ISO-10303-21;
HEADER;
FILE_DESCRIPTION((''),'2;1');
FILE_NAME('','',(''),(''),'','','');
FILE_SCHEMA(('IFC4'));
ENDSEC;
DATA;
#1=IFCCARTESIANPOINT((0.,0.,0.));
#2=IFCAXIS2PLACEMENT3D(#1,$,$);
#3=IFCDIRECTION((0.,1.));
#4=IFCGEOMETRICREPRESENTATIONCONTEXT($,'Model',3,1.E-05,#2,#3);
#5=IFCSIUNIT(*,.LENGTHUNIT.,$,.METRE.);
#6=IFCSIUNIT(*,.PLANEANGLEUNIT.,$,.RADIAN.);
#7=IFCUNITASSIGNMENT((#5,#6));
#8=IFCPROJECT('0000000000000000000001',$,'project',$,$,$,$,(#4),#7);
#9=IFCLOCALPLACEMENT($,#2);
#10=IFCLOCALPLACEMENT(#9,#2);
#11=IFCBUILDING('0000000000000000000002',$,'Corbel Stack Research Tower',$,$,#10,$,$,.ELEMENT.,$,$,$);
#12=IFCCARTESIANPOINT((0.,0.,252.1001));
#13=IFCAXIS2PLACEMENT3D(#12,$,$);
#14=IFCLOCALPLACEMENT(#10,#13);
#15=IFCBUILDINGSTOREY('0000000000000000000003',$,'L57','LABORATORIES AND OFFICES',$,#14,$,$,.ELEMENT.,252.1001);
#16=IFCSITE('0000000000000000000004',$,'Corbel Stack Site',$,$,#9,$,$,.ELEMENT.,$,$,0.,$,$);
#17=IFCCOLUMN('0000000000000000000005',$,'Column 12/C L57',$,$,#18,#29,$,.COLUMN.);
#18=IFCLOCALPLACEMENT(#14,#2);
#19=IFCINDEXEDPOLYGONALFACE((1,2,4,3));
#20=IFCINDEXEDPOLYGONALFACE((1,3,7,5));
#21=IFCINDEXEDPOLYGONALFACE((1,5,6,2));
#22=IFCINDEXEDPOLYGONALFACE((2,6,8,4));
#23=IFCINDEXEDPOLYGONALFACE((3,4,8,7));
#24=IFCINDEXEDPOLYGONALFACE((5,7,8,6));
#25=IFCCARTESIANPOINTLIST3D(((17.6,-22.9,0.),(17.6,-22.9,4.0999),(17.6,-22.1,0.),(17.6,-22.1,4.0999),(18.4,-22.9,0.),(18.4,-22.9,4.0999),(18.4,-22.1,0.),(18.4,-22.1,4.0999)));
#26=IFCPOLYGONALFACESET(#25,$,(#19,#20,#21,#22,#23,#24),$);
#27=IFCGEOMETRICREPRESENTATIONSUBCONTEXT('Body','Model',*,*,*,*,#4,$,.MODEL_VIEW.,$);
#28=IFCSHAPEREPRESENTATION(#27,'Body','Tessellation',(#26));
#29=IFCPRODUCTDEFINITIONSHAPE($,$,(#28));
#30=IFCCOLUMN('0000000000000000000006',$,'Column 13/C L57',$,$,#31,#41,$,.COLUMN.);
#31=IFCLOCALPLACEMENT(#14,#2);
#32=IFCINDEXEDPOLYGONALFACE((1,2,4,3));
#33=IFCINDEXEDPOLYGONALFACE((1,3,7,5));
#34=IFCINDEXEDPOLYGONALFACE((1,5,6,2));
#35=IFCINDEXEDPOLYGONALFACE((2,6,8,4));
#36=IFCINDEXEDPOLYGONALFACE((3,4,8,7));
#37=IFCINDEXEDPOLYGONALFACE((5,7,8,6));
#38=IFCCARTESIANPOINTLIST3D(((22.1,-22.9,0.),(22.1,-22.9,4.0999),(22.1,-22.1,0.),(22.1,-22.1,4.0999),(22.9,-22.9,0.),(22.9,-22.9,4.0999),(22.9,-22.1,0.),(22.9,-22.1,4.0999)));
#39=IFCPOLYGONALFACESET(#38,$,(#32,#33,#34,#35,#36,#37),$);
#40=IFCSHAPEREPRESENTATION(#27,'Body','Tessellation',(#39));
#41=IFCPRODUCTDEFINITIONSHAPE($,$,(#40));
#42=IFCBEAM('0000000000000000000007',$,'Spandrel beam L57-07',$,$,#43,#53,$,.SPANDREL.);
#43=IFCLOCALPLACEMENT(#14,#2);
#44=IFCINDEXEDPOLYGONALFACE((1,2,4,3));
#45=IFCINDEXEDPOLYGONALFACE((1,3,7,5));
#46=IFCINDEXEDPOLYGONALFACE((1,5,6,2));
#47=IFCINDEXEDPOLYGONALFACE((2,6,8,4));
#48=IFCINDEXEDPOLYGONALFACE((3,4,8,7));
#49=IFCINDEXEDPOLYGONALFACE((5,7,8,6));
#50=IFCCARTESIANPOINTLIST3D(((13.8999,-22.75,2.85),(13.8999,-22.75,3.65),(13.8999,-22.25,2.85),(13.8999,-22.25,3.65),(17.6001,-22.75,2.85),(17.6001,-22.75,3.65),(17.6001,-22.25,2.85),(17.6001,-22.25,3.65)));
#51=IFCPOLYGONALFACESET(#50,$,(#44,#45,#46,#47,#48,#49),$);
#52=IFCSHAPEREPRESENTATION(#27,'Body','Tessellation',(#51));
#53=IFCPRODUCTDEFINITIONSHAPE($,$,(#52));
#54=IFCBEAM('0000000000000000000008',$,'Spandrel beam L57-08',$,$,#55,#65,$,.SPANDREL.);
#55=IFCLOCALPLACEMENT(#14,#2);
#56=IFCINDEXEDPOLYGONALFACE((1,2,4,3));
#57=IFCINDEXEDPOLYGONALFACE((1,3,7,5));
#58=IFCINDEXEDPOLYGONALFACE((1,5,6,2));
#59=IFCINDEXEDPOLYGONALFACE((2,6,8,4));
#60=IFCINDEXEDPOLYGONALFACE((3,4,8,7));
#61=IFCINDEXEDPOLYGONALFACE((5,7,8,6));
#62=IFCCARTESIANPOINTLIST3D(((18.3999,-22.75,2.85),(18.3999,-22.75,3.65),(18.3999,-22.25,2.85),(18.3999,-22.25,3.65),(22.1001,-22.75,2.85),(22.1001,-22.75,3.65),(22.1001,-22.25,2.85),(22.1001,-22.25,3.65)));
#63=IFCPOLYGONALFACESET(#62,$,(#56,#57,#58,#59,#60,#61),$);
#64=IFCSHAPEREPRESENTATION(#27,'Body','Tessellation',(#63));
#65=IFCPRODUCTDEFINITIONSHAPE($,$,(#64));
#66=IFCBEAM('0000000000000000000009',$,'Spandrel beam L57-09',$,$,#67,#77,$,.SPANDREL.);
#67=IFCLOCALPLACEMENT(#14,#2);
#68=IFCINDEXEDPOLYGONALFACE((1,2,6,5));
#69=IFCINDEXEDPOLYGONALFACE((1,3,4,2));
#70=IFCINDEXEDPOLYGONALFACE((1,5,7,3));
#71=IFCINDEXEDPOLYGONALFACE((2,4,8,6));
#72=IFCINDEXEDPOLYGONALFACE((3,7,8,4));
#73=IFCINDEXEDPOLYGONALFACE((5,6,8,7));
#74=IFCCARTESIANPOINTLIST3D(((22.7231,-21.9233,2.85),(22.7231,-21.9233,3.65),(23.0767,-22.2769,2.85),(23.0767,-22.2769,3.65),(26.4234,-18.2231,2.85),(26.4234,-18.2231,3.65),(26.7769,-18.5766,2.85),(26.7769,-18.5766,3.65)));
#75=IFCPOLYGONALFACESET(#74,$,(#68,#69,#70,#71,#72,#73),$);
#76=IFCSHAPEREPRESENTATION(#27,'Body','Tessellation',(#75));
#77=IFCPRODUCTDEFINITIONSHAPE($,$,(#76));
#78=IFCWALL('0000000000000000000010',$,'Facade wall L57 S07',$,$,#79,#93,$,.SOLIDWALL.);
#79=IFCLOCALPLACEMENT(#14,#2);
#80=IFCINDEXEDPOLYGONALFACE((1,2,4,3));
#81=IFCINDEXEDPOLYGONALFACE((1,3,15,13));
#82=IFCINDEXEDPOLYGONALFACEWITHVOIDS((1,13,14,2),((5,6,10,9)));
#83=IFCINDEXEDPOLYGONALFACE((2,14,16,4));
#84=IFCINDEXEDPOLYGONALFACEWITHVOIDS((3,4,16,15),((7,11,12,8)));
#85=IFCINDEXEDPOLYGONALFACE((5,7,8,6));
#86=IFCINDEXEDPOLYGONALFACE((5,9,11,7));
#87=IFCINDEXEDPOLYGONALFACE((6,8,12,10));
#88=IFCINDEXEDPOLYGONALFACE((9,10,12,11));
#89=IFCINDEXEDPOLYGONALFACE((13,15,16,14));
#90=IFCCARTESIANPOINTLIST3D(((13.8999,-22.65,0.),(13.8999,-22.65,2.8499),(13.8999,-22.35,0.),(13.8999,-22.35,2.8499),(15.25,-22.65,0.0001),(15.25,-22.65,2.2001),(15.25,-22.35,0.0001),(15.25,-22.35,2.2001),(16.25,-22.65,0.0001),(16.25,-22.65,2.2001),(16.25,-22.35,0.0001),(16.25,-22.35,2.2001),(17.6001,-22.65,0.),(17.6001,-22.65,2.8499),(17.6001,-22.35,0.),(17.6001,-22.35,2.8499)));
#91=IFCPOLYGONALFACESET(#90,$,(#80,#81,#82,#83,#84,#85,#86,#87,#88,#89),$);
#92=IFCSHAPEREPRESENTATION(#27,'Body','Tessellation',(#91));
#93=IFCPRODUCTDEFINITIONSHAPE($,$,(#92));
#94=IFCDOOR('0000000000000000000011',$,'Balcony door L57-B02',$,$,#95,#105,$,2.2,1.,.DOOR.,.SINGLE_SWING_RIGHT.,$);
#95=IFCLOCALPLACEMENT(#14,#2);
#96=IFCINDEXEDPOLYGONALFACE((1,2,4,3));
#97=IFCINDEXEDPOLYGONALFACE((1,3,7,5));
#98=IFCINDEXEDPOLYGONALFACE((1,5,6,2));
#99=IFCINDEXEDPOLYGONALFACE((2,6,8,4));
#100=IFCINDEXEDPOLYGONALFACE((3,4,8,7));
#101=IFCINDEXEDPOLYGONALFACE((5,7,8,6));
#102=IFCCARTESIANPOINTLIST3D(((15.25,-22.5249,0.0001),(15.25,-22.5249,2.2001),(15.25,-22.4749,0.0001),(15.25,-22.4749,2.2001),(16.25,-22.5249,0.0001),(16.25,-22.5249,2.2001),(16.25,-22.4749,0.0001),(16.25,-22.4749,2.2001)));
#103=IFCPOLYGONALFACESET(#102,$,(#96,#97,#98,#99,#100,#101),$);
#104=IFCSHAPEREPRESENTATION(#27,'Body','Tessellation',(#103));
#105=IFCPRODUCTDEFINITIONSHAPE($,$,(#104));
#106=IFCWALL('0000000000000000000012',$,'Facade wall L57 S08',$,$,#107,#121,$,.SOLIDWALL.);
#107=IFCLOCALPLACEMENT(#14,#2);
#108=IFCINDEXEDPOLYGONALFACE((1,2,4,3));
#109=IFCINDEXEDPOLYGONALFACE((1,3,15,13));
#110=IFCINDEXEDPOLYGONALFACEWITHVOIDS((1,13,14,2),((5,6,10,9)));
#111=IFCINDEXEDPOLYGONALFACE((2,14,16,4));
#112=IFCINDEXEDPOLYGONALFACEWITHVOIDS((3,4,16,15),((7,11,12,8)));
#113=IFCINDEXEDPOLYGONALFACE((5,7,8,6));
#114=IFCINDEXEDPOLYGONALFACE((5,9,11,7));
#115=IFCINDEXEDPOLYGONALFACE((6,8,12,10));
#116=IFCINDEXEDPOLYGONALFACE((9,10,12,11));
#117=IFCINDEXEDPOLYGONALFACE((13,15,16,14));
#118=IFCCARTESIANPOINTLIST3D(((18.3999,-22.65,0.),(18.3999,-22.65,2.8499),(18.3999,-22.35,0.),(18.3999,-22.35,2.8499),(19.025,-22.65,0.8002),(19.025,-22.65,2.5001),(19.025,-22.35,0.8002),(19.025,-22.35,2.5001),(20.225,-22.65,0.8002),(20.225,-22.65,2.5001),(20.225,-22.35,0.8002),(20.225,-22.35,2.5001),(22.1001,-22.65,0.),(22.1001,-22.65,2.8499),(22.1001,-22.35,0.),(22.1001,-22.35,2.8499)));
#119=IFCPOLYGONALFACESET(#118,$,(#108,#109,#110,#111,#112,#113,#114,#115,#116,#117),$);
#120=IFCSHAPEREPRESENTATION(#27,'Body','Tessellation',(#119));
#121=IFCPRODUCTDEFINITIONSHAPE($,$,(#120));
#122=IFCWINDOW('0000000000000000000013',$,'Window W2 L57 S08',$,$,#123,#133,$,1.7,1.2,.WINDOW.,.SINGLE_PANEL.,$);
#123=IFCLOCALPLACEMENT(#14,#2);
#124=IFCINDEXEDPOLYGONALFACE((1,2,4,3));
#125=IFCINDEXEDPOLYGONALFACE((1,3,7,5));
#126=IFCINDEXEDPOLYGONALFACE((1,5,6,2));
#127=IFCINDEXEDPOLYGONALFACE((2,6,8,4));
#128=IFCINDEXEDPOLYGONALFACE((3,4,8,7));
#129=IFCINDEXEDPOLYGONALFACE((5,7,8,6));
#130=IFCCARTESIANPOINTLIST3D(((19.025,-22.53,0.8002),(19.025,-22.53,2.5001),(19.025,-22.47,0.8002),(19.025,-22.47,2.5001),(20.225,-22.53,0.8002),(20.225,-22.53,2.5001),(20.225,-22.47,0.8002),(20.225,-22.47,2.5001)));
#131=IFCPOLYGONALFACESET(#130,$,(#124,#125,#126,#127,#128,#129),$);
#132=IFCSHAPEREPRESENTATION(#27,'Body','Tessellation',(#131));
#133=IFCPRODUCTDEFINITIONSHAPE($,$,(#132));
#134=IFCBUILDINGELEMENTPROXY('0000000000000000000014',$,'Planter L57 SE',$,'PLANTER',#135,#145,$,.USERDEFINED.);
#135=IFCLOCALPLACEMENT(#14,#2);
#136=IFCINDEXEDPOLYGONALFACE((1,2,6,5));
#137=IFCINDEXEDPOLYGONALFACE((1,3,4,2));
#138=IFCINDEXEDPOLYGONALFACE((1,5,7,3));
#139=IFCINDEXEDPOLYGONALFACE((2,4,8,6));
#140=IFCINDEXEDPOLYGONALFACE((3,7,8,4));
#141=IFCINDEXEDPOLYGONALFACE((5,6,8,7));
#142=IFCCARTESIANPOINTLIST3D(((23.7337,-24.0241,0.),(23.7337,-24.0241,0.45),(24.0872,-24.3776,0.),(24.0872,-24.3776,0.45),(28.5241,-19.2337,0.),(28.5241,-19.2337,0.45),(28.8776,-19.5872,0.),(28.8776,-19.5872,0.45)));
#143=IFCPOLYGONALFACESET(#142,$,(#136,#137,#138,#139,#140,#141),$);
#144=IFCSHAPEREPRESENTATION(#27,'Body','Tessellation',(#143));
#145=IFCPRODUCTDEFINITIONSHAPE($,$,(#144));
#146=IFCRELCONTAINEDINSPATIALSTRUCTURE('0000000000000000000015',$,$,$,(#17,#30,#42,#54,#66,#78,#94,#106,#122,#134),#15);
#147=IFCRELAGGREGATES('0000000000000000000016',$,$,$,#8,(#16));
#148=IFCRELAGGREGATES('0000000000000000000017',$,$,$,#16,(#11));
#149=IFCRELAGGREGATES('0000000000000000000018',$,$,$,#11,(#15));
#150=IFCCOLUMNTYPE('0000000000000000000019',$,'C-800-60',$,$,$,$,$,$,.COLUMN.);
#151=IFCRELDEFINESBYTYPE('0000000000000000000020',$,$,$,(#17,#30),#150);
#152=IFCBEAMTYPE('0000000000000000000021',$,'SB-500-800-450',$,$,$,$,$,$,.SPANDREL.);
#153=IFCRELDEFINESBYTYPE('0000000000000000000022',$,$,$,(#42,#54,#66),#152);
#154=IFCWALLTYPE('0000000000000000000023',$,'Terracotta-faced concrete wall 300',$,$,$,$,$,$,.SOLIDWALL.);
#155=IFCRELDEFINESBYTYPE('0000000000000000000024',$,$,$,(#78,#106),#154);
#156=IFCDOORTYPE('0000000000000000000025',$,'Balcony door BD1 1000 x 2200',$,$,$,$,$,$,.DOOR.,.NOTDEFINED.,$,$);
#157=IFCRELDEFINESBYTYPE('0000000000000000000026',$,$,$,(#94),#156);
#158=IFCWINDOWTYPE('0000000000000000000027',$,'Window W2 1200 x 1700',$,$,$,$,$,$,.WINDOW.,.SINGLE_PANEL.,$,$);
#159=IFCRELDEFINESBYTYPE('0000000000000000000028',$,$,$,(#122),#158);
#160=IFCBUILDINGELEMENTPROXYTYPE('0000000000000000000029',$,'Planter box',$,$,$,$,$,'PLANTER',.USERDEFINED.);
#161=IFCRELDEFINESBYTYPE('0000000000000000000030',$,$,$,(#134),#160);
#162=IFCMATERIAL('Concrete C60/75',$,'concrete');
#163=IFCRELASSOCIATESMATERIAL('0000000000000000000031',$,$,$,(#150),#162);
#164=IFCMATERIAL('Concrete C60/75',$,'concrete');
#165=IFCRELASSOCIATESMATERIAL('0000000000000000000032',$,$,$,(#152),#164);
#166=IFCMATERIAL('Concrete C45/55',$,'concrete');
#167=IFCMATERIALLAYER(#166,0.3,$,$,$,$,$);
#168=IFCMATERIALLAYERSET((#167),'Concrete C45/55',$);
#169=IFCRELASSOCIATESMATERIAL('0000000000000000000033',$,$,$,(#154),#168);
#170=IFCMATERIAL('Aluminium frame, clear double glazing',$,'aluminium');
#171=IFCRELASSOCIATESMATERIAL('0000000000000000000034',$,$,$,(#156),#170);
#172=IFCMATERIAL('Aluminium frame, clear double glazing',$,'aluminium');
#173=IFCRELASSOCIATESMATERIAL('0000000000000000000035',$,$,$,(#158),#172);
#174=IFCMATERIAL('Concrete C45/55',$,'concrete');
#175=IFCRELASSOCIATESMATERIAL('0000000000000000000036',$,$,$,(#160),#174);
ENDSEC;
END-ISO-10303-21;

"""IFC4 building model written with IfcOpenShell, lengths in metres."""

from ifc_helpers import new_model, si_unit, direction, frame, frame_2d, origin, origin_2d, place, context, subcontext, project, spatial, rectangle, extrude, material, layer, layer_set, material_profile, profile_set, type_object, element, fill, save


model = new_model("IFC4")

# Units and contexts
model_context = context("Model", 3, precision=1e-05, world=origin(), true_north=direction((0.0, 1.0)))
body_context = subcontext(model_context, "Body", "Model", "MODEL_VIEW")
ifc_project = project(units=[si_unit("LENGTHUNIT", "METRE"), si_unit("PLANEANGLEUNIT", "RADIAN")], contexts=[model_context])

# Site, building, storey
site_placement = place(None, origin())
site = spatial("IfcSite", under=ifc_project, at=site_placement, Name="Corbel Stack Site", CompositionType="ELEMENT", RefElevation=0.0)
building_placement = place(site_placement, origin())
building = spatial("IfcBuilding", under=site, at=building_placement, Name="Corbel Stack Research Tower", CompositionType="ELEMENT")
storey_placement = place(building_placement, frame((0.0, 0.0, 252.1001)))
storey = spatial("IfcBuildingStorey", under=building, at=storey_placement, Name="L57", Description="LABORATORIES AND OFFICES", CompositionType="ELEMENT", Elevation=252.1001)

# Columns
ifc_material_1 = material(Name="Concrete C60/75", Category="concrete")
ifc_material_profile_1 = material_profile(ifc_material_1, rectangle(XDim=0.8, YDim=0.8, at=origin_2d()), Name="RC 800 x 800")
ifc_profile_set_1 = profile_set([ifc_material_profile_1], Name="Concrete C60/75")
column_type = type_object("IfcColumnType", Name="C-800-60", PredefinedType="COLUMN", material=ifc_profile_set_1)
for number, where, z_axis, x_axis, name in (
    (1, (18.0, -22.5, 0.0), (0.0, 0.0, 1.0), (1.0, 0.0, 0.0), "Column 12/C L57"),
    (2, (22.5, -22.5, 0.0), (0.0, 0.0, 1.0), (1.0, 0.0, 0.0), "Column 13/C L57"),
):
    element("IfcColumn", number, at=place(storey_placement, frame(where, z_axis=z_axis, x_axis=x_axis)), inside=storey, type_object=column_type, Name=name, PredefinedType="COLUMN", context=body_context, shape_type="SweptSolid", body=[
        extrude(rectangle(XDim=0.8, YDim=0.8, at=origin_2d()), origin(), (0.0, 0.0, 1.0), 4.0999),
    ])

# Beams
ifc_material_2 = material(Name="Concrete C60/75", Category="concrete")
ifc_material_profile_2 = material_profile(ifc_material_2, rectangle(XDim=0.5, YDim=0.8, at=origin_2d()), Name="RC 500 x 800")
ifc_profile_set_2 = profile_set([ifc_material_profile_2], Name="Concrete C60/75")
beam_type = type_object("IfcBeamType", Name="SB-500-800-450", PredefinedType="SPANDREL", material=ifc_profile_set_2)
for number, where, z_axis, x_axis, name in (
    (3, (13.8999, -22.5, 3.25), (1.0, 0.0, 0.0), (0.0, 1.0, 0.0), "Spandrel beam L57-07"),
    (4, (18.3999, -22.5, 3.25), (1.0, 0.0, 0.0), (0.0, 1.0, 0.0), "Spandrel beam L57-08"),
):
    element("IfcBeam", number, at=place(storey_placement, frame(where, z_axis=z_axis, x_axis=x_axis)), inside=storey, type_object=beam_type, Name=name, PredefinedType="SPANDREL", context=body_context, shape_type="SweptSolid", body=[
        extrude(rectangle(XDim=0.5, YDim=0.8, at=origin_2d()), origin(), (0.0, 0.0, 1.0), 3.7002),
    ])
beam_placement = place(storey_placement, frame((22.8999, -22.1001, 3.25), z_axis=(0.707107, 0.707107, 0.0), x_axis=(-0.707107, 0.707107, 0.0)))
element("IfcBeam", 5, at=beam_placement, inside=storey, type_object=beam_type, Name="Spandrel beam L57-09", PredefinedType="SPANDREL", context=body_context, shape_type="SweptSolid", body=[
    extrude(rectangle(XDim=0.5, YDim=0.8, at=origin_2d()), origin(), (0.0, 0.0, 1.0), 5.2329),
])

# Wall, opening, door
ifc_material_3 = material(Name="Concrete C45/55", Category="concrete")
ifc_layer = layer(ifc_material_3, 0.3)
ifc_layer_set = layer_set([ifc_layer], Name="Concrete C45/55")
wall_type = type_object("IfcWallType", Name="Terracotta-faced concrete wall 300", PredefinedType="SOLIDWALL", material=ifc_layer_set)
wall_1_placement = place(storey_placement, frame((17.6001, -22.5, 0.0), z_axis=(0.0, 0.0, 1.0), x_axis=(-1.0, 0.0, 0.0)))
wall_1 = element("IfcWall", 6, at=wall_1_placement, inside=storey, type_object=wall_type, Name="Facade wall L57 S07", PredefinedType="SOLIDWALL", context=body_context, shape_type="SweptSolid", body=[
    extrude(rectangle(XDim=3.7002, YDim=0.3, at=frame_2d((1.8501, 0.0))), origin(), (0.0, 0.0, 1.0), 2.8499),
])
opening_1_placement = place(wall_1_placement, frame((1.3501, 0.0, 0.0)))
opening_1 = element("IfcOpeningElement", 7, at=opening_1_placement, cuts=wall_1, PredefinedType="OPENING", context=body_context, shape_type="SweptSolid", body=[
    extrude(rectangle(XDim=1.0, YDim=2.2, at=frame_2d((0.5, 1.1001))), frame((0.0, 0.1599, 0.0), z_axis=(0.0, -1.0, 0.0), x_axis=(1.0, 0.0, 0.0)), (0.0, 0.0, 1.0), 0.3201),
])
ifc_material_4 = material(Name="Aluminium frame, clear double glazing", Category="aluminium")
door_type = type_object("IfcDoorType", Name="Balcony door BD1 1000 x 2200", OperationType="NOTDEFINED", PredefinedType="DOOR", material=ifc_material_4)
door_placement = place(opening_1_placement, origin())
door = element("IfcDoor", 8, at=door_placement, inside=storey, type_object=door_type, Name="Balcony door L57-B02", OperationType="SINGLE_SWING_RIGHT", OverallHeight=2.2, OverallWidth=1.0, PredefinedType="DOOR", context=body_context, shape_type="SweptSolid", body=[
    extrude(rectangle(XDim=1.0, YDim=2.2, at=frame_2d((0.5, 1.1001))), frame((0.0, 0.0249, 0.0), z_axis=(0.0, -1.0, 0.0), x_axis=(1.0, 0.0, 0.0)), (0.0, 0.0, 1.0), 0.05),
])
fill(opening_1, door)

# Wall, opening, window
wall_2_placement = place(storey_placement, frame((22.1001, -22.5, 0.0), z_axis=(0.0, 0.0, 1.0), x_axis=(-1.0, 0.0, 0.0)))
wall_2 = element("IfcWall", 9, at=wall_2_placement, inside=storey, type_object=wall_type, Name="Facade wall L57 S08", PredefinedType="SOLIDWALL", context=body_context, shape_type="SweptSolid", body=[
    extrude(rectangle(XDim=3.7002, YDim=0.3, at=frame_2d((1.8501, 0.0))), origin(), (0.0, 0.0, 1.0), 2.8499),
])
opening_2_placement = place(wall_2_placement, frame((1.875, 0.0, 0.8)))
opening_2 = element("IfcOpeningElement", 10, at=opening_2_placement, cuts=wall_2, PredefinedType="OPENING", context=body_context, shape_type="SweptSolid", body=[
    extrude(rectangle(XDim=1.2, YDim=1.7, at=frame_2d((0.6001, 0.8501))), frame((0.0, 0.1599, 0.0), z_axis=(0.0, -1.0, 0.0), x_axis=(1.0, 0.0, 0.0)), (0.0, 0.0, 1.0), 0.3201),
])
ifc_material_5 = material(Name="Aluminium frame, clear double glazing", Category="aluminium")
window_type = type_object("IfcWindowType", Name="Window W2 1200 x 1700", PartitioningType="SINGLE_PANEL", PredefinedType="WINDOW", material=ifc_material_5)
window_placement = place(opening_2_placement, origin())
window = element("IfcWindow", 11, at=window_placement, inside=storey, type_object=window_type, Name="Window W2 L57 S08", OverallHeight=1.7, OverallWidth=1.2, PartitioningType="SINGLE_PANEL", PredefinedType="WINDOW", context=body_context, shape_type="SweptSolid", body=[
    extrude(rectangle(XDim=1.2, YDim=1.7, at=frame_2d((0.6001, 0.8501))), frame((0.0, 0.03, 0.0), z_axis=(0.0, -1.0, 0.0), x_axis=(1.0, 0.0, 0.0)), (0.0, 0.0, 1.0), 0.0601),
])
fill(opening_2, window)

# Building element proxy
ifc_material_6 = material(Name="Concrete C45/55", Category="concrete")
building_element_proxy_type = type_object("IfcBuildingElementProxyType", Name="Planter box", ElementType="PLANTER", PredefinedType="USERDEFINED", material=ifc_material_6)
proxy_placement = place(storey_placement, frame((26.3057, -21.8057, 0.0), z_axis=(0.0, 0.0, 1.0), x_axis=(0.707107, 0.707107, 0.0)))
element("IfcBuildingElementProxy", 12, at=proxy_placement, inside=storey, type_object=building_element_proxy_type, Name="Planter L57 SE", ObjectType="PLANTER", PredefinedType="USERDEFINED", context=body_context, shape_type="SweptSolid", body=[
    extrude(rectangle(XDim=6.7747, YDim=0.5, at=origin_2d()), origin(), (0.0, 0.0, 1.0), 0.45),
])

save(model, "model.ifc")
